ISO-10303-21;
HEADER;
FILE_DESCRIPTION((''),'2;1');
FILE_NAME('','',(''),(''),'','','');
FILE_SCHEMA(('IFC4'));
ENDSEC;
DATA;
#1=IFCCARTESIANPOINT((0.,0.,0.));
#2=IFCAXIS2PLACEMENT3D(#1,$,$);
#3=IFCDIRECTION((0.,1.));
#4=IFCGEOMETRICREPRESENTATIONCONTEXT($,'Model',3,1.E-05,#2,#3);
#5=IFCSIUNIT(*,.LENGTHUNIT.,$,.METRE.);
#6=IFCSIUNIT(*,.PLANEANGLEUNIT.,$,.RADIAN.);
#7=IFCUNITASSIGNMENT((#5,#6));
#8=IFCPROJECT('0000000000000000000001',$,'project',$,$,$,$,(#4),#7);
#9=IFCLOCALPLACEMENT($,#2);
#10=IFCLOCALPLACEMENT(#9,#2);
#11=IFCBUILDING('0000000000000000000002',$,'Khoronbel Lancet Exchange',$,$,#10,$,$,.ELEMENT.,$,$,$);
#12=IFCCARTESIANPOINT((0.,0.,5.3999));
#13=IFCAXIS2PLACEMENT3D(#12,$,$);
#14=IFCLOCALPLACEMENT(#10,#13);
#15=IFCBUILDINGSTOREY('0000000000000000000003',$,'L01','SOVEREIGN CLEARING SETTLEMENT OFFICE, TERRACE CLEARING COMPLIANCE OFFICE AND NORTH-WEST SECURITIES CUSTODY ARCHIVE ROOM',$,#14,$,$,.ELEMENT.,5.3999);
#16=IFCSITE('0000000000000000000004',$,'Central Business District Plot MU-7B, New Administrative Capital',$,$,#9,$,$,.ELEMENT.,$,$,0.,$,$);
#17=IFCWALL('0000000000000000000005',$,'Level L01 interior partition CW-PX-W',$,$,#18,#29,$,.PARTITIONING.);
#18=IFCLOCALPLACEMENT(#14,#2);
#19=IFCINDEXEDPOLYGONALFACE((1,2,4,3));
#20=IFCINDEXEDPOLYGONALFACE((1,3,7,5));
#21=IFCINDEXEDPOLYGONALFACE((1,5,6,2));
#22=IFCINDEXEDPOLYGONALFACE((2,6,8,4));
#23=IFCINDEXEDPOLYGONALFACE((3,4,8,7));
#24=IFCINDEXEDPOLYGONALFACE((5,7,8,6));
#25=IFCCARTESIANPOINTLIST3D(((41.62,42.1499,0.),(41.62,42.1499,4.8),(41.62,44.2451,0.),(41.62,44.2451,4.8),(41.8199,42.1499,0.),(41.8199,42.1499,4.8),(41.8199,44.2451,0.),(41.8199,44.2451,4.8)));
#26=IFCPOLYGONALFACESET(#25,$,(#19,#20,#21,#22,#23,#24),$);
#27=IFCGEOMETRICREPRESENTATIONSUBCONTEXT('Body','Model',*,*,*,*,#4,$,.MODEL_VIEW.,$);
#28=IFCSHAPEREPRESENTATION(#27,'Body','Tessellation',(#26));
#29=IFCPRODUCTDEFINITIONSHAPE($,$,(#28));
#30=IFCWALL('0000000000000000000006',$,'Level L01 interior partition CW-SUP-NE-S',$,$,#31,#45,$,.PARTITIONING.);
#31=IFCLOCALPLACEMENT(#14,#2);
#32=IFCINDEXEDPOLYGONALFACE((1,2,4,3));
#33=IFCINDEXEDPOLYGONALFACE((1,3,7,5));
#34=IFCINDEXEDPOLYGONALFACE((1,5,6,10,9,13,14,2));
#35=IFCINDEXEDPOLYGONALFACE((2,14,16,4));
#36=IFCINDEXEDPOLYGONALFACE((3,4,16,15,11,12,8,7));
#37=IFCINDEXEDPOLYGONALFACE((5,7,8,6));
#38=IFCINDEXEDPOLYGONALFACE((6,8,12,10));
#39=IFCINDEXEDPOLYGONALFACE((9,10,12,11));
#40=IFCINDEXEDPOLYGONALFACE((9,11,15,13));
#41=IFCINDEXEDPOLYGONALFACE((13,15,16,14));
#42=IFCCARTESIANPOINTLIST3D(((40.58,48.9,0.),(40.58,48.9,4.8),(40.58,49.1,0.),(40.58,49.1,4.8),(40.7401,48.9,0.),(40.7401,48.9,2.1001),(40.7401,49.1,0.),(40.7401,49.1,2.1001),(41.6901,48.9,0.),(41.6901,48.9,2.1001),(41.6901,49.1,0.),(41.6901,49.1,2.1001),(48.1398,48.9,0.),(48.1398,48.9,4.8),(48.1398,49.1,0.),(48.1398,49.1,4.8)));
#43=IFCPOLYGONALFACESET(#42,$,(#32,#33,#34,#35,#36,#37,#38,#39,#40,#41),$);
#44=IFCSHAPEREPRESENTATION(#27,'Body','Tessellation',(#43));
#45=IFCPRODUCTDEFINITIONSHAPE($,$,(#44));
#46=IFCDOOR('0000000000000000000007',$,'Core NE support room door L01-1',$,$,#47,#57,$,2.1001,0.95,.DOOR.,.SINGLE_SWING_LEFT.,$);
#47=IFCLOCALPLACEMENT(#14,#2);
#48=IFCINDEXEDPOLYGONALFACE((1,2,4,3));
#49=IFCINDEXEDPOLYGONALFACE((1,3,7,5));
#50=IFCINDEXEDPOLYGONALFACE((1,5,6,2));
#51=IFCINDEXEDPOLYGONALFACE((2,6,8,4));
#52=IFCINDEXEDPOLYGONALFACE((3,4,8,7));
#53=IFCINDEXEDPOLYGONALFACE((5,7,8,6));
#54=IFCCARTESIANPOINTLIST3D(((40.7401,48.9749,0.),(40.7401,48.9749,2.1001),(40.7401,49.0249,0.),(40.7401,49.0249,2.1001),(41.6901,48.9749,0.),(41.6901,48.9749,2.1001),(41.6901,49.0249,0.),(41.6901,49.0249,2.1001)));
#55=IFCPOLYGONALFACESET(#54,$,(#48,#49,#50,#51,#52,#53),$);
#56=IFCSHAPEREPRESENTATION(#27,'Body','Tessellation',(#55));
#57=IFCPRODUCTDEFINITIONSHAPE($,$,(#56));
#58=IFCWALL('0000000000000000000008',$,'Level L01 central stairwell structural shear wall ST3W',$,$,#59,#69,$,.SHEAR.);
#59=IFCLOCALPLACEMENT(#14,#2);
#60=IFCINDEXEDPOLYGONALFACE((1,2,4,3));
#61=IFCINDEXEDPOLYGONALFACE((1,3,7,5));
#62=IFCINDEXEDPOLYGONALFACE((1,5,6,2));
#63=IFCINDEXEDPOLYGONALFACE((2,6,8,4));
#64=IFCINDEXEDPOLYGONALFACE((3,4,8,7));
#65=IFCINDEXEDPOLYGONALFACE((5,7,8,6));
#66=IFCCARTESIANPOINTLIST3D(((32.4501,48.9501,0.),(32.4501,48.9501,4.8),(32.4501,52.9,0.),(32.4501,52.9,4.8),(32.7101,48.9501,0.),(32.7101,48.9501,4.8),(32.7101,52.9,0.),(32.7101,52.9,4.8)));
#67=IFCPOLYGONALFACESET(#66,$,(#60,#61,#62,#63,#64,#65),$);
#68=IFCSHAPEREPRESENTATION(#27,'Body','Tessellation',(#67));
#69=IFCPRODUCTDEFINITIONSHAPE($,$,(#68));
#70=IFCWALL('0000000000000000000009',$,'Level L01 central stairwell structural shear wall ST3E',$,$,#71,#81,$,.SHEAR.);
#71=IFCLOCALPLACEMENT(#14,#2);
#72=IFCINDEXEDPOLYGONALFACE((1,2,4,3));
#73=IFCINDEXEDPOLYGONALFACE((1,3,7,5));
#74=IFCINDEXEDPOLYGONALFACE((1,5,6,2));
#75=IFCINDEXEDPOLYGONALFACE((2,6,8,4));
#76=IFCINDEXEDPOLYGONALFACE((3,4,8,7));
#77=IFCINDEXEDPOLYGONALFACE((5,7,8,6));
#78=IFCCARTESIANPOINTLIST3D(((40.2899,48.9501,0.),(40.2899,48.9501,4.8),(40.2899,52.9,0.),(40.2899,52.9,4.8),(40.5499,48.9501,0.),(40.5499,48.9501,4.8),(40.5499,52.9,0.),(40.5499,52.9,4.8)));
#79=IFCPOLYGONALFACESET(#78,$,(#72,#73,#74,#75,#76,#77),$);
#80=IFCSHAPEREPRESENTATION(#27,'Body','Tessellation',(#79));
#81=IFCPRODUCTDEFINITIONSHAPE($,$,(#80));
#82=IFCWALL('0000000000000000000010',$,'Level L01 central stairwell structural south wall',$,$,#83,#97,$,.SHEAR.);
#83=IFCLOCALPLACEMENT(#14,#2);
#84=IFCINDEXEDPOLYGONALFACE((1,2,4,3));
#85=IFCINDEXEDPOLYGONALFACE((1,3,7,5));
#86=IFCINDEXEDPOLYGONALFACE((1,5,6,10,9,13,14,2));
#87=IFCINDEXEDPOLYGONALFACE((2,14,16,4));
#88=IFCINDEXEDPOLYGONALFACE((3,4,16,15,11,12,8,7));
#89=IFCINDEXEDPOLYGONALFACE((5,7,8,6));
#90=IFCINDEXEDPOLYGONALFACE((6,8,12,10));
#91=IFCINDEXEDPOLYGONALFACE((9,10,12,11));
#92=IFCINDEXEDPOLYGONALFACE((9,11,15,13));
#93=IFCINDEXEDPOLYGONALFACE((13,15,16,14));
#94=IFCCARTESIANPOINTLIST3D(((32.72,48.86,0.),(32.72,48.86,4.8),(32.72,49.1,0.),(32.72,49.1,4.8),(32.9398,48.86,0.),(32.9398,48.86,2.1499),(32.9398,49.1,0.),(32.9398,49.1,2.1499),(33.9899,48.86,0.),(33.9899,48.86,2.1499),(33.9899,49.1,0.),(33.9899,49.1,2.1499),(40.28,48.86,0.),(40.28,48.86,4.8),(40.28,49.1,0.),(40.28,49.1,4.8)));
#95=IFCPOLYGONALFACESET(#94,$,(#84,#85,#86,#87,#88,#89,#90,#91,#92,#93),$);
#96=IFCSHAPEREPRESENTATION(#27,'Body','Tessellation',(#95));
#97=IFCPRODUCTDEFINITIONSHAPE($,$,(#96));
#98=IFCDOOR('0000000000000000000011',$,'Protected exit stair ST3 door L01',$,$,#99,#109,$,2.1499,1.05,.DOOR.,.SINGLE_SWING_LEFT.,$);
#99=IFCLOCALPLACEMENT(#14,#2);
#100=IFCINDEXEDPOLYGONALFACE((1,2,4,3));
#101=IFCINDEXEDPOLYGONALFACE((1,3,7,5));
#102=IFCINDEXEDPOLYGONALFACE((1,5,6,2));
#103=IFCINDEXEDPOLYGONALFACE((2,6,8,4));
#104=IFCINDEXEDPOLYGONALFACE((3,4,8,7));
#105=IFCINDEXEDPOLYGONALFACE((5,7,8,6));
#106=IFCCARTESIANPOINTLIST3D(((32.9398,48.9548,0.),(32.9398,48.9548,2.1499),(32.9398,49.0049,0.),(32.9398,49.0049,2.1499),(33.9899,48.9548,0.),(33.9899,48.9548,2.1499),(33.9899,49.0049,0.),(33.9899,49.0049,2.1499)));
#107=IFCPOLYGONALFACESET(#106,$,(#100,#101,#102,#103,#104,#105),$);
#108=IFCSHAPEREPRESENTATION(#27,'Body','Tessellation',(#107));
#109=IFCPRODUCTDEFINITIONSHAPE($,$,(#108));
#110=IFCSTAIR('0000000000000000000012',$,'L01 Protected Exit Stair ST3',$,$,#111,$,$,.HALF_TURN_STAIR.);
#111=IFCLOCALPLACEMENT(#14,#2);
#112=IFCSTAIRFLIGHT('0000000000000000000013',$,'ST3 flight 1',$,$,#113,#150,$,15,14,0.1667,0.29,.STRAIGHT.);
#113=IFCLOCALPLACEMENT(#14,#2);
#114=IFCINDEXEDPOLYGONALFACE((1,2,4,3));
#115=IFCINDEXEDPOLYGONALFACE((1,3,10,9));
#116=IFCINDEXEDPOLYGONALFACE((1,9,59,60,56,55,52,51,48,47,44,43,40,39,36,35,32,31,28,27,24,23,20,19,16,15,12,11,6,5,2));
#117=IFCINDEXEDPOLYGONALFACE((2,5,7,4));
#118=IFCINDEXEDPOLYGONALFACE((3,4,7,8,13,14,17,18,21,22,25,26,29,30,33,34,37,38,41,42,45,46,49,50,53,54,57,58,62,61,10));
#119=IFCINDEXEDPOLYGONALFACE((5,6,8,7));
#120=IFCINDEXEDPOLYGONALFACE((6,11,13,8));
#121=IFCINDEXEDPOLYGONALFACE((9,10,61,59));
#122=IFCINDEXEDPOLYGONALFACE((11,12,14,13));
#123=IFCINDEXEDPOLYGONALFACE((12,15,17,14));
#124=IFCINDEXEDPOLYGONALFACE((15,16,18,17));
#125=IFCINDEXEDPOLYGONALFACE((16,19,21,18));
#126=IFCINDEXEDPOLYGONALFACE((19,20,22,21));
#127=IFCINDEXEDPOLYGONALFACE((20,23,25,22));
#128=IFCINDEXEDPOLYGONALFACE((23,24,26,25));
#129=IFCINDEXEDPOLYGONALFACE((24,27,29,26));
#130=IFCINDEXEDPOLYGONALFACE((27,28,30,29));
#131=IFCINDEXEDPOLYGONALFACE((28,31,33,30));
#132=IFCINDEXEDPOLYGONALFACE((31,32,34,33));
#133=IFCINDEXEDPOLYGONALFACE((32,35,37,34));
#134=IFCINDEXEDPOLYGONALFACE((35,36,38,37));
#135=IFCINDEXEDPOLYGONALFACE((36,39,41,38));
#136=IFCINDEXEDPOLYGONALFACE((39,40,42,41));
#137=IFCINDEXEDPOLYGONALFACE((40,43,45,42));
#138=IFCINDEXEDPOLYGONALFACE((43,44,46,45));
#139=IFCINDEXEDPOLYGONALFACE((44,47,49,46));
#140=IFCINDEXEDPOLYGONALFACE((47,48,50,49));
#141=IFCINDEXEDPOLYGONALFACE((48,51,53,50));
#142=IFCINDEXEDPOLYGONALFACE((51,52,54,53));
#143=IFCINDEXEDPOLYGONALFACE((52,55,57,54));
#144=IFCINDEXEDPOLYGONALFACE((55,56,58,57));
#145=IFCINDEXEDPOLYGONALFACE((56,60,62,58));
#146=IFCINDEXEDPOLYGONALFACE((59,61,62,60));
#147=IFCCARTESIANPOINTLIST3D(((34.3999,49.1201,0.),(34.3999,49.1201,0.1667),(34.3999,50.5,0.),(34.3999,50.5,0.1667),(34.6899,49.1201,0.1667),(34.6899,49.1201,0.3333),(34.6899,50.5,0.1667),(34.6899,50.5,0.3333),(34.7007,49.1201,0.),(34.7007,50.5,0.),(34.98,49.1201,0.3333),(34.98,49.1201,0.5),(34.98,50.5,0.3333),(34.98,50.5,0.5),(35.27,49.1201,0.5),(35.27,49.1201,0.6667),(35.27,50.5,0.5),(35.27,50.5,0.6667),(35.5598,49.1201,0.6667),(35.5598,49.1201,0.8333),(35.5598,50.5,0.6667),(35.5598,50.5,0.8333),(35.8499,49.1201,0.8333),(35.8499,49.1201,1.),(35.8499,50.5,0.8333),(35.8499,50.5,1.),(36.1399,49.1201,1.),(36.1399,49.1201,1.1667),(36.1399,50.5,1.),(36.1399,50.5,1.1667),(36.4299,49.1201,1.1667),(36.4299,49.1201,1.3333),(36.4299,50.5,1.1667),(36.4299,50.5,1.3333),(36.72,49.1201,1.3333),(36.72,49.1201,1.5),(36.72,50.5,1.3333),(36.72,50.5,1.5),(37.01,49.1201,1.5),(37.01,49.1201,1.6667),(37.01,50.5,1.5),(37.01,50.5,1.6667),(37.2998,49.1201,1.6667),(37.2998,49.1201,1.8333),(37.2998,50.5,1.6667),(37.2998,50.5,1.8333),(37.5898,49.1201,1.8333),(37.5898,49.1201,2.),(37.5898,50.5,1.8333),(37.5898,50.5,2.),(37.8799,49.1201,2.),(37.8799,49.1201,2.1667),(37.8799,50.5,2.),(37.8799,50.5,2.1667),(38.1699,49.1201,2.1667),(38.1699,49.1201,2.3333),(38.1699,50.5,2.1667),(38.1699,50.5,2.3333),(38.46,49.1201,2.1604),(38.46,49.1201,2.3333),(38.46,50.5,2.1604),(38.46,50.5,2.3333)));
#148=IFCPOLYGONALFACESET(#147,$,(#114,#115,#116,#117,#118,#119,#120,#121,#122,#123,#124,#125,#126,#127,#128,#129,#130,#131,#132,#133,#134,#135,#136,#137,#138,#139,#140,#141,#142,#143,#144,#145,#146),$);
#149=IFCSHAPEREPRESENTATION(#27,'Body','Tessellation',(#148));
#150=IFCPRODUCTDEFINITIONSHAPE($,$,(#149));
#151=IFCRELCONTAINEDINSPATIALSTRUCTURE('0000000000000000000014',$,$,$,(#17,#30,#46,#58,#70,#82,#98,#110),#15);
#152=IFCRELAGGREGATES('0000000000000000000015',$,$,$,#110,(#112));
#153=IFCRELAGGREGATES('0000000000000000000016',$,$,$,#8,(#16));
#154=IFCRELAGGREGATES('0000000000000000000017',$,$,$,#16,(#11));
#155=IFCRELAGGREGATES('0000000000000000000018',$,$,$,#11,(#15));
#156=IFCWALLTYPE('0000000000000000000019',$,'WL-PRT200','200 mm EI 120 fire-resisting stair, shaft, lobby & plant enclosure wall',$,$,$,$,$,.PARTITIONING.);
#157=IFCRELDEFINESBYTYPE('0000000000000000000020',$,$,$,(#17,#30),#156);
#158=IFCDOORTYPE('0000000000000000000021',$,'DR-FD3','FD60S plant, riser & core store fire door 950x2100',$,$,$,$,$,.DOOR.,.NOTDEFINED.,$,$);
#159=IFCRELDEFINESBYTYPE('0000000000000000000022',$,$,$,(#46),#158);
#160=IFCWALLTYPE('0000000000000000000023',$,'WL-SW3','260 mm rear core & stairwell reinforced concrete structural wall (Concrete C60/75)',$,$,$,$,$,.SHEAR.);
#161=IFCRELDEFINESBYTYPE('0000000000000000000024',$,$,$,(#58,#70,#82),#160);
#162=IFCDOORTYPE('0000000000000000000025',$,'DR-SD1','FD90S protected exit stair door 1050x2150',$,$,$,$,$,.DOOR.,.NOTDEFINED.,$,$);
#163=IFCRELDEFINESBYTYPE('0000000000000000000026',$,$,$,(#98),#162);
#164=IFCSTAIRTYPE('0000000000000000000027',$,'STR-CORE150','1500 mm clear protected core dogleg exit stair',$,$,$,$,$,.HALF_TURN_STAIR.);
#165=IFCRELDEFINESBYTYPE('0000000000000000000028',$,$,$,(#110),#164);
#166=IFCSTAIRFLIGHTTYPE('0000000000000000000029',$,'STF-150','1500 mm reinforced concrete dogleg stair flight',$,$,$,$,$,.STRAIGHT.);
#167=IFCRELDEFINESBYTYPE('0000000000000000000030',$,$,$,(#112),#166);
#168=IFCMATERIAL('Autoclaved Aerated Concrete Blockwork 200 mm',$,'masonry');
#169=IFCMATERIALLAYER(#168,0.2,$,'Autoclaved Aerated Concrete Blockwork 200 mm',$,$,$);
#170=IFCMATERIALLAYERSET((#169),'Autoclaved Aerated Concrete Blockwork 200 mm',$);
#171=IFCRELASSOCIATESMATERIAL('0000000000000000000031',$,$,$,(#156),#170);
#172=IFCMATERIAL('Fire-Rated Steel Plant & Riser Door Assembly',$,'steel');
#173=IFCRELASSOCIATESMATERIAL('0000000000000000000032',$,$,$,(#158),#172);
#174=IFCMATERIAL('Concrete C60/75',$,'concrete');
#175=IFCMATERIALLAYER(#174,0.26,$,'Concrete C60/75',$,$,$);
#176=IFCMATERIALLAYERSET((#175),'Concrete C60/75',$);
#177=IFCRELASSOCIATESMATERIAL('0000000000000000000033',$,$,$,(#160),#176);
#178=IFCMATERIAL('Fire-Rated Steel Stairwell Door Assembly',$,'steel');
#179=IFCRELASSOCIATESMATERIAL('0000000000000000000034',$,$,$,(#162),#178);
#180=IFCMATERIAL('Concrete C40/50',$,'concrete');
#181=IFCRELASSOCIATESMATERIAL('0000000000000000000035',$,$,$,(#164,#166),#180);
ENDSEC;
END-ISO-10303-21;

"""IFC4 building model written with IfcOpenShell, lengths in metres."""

from ifc_helpers import new_model, si_unit, direction, frame, frame_2d, origin, place, context, subcontext, project, spatial, polyline, rectangle, outline, extrude, material, layer, layer_set, type_object, element, fill, aggregate, save


model = new_model("IFC4")

# Units and contexts
model_context = context("Model", 3, precision=1e-05, world=origin(), true_north=direction((0.0, 1.0)))
body_context = subcontext(model_context, "Body", "Model", "MODEL_VIEW")
ifc_project = project(units=[si_unit("LENGTHUNIT", "METRE"), si_unit("PLANEANGLEUNIT", "RADIAN")], contexts=[model_context])

# Site, building, storey
site_placement = place(None, origin())
site = spatial("IfcSite", under=ifc_project, at=site_placement, Name="Central Business District Plot MU-7B, New Administrative Capital", CompositionType="ELEMENT", RefElevation=0.0)
building_placement = place(site_placement, origin())
building = spatial("IfcBuilding", under=site, at=building_placement, Name="Khoronbel Lancet Exchange", CompositionType="ELEMENT")
storey_placement = place(building_placement, frame((0.0, 0.0, 5.3999)))
storey = spatial("IfcBuildingStorey", under=building, at=storey_placement, Name="L01", Description="SOVEREIGN CLEARING SETTLEMENT OFFICE, TERRACE CLEARING COMPLIANCE OFFICE AND NORTH-WEST SECURITIES CUSTODY ARCHIVE ROOM", CompositionType="ELEMENT", Elevation=5.3999)

# Wall
ifc_material_1 = material(Name="Autoclaved Aerated Concrete Blockwork 200 mm", Category="masonry")
ifc_layer_1 = layer(ifc_material_1, 0.2, Name="Autoclaved Aerated Concrete Blockwork 200 mm")
ifc_layer_set_1 = layer_set([ifc_layer_1], Name="Autoclaved Aerated Concrete Blockwork 200 mm")
wall_type_1 = type_object("IfcWallType", Name="WL-PRT200", Description="200 mm EI 120 fire-resisting stair, shaft, lobby & plant enclosure wall", PredefinedType="PARTITIONING", material=ifc_layer_set_1)
wall_1_placement = place(storey_placement, frame((41.72, 42.1499, 0.0), z_axis=(0.0, 0.0, 1.0), x_axis=(0.0, 1.0, 0.0)))
element("IfcWall", 1, at=wall_1_placement, inside=storey, type_object=wall_type_1, Name="Level L01 interior partition CW-PX-W", PredefinedType="PARTITIONING", context=body_context, shape_type="SweptSolid", body=[
    extrude(rectangle(XDim=2.0952, YDim=0.2, at=frame_2d((1.0476, 0.0))), origin(), (0.0, 0.0, 1.0), 4.8),
])

# Wall, opening, door
wall_2_placement = place(storey_placement, frame((40.5801, 49.0, 0.0), z_axis=(0.0, 0.0, 1.0), x_axis=(1.0, 0.0, 0.0)))
wall_2 = element("IfcWall", 2, at=wall_2_placement, inside=storey, type_object=wall_type_1, Name="Level L01 interior partition CW-SUP-NE-S", PredefinedType="PARTITIONING", context=body_context, shape_type="SweptSolid", body=[
    extrude(rectangle(XDim=7.5598, YDim=0.2, at=frame_2d((3.7798, 0.0))), origin(), (0.0, 0.0, 1.0), 4.8),
])
opening_1_placement = place(wall_2_placement, frame((0.1599, 0.0, 0.0)))
opening_1 = element("IfcOpeningElement", 3, at=opening_1_placement, cuts=wall_2, PredefinedType="OPENING", context=body_context, shape_type="SweptSolid", body=[
    extrude(rectangle(XDim=0.95, YDim=2.1001, at=frame_2d((0.4751, 1.05))), frame((0.0, 0.1099, 0.0), z_axis=(0.0, -1.0, 0.0), x_axis=(1.0, 0.0, 0.0)), (0.0, 0.0, 1.0), 0.22),
])
ifc_material_2 = material(Name="Fire-Rated Steel Plant & Riser Door Assembly", Category="steel")
door_type_1 = type_object("IfcDoorType", Name="DR-FD3", Description="FD60S plant, riser & core store fire door 950x2100", OperationType="NOTDEFINED", PredefinedType="DOOR", material=ifc_material_2)
door_1_placement = place(opening_1_placement, origin())
door_1 = element("IfcDoor", 4, at=door_1_placement, inside=storey, type_object=door_type_1, Name="Core NE support room door L01-1", OperationType="SINGLE_SWING_LEFT", OverallHeight=2.1001, OverallWidth=0.95, PredefinedType="DOOR", context=body_context, shape_type="SweptSolid", body=[
    extrude(rectangle(XDim=0.95, YDim=2.1001, at=frame_2d((0.4751, 1.05))), frame((0.0, 0.0249, 0.0), z_axis=(0.0, -1.0, 0.0), x_axis=(1.0, 0.0, 0.0)), (0.0, 0.0, 1.0), 0.05),
])
fill(opening_1, door_1)

# Walls
ifc_material_3 = material(Name="Concrete C60/75", Category="concrete")
ifc_layer_2 = layer(ifc_material_3, 0.26, Name="Concrete C60/75")
ifc_layer_set_2 = layer_set([ifc_layer_2], Name="Concrete C60/75")
wall_type_2 = type_object("IfcWallType", Name="WL-SW3", Description="260 mm rear core & stairwell reinforced concrete structural wall (Concrete C60/75)", PredefinedType="SHEAR", material=ifc_layer_set_2)
for number, where, z_axis, x_axis, name in (
    (5, (32.5801, 48.95, 0.0), (0.0, 0.0, 1.0), (0.0, 1.0, 0.0), "Level L01 central stairwell structural shear wall ST3W"),
    (6, (40.4199, 48.95, 0.0), (0.0, 0.0, 1.0), (0.0, 1.0, 0.0), "Level L01 central stairwell structural shear wall ST3E"),
):
    element("IfcWall", number, at=place(storey_placement, frame(where, z_axis=z_axis, x_axis=x_axis)), inside=storey, type_object=wall_type_2, Name=name, PredefinedType="SHEAR", context=body_context, shape_type="SweptSolid", body=[
        extrude(rectangle(XDim=3.95, YDim=0.26, at=frame_2d((1.9751, 0.0))), origin(), (0.0, 0.0, 1.0), 4.8),
    ])

# Wall, opening, door
wall_3_placement = place(storey_placement, frame((32.72, 48.98, 0.0), z_axis=(0.0, 0.0, 1.0), x_axis=(1.0, 0.0, 0.0)))
wall_3 = element("IfcWall", 7, at=wall_3_placement, inside=storey, type_object=wall_type_2, Name="Level L01 central stairwell structural south wall", PredefinedType="SHEAR", context=body_context, shape_type="SweptSolid", body=[
    extrude(rectangle(XDim=7.5601, YDim=0.24, at=frame_2d((3.78, 0.0))), origin(), (0.0, 0.0, 1.0), 4.8),
])
opening_2_placement = place(wall_3_placement, frame((0.22, 0.0, 0.0)))
opening_2 = element("IfcOpeningElement", 8, at=opening_2_placement, cuts=wall_3, PredefinedType="OPENING", context=body_context, shape_type="SweptSolid", body=[
    extrude(rectangle(XDim=1.05, YDim=2.1499, at=frame_2d((0.5249, 1.075))), frame((0.0, 0.1299, 0.0), z_axis=(0.0, -1.0, 0.0), x_axis=(1.0, 0.0, 0.0)), (0.0, 0.0, 1.0), 0.26),
])
ifc_material_4 = material(Name="Fire-Rated Steel Stairwell Door Assembly", Category="steel")
door_type_2 = type_object("IfcDoorType", Name="DR-SD1", Description="FD90S protected exit stair door 1050x2150", OperationType="NOTDEFINED", PredefinedType="DOOR", material=ifc_material_4)
door_2_placement = place(opening_2_placement, origin())
door_2 = element("IfcDoor", 9, at=door_2_placement, inside=storey, type_object=door_type_2, Name="Protected exit stair ST3 door L01", OperationType="SINGLE_SWING_LEFT", OverallHeight=2.1499, OverallWidth=1.05, PredefinedType="DOOR", context=body_context, shape_type="SweptSolid", body=[
    extrude(rectangle(XDim=1.05, YDim=2.1499, at=frame_2d((0.5249, 1.075))), frame((0.0, 0.0249, 0.0), z_axis=(0.0, -1.0, 0.0), x_axis=(1.0, 0.0, 0.0)), (0.0, 0.0, 1.0), 0.05),
])
fill(opening_2, door_2)

# Stair, stair flight
ifc_material_5 = material(Name="Concrete C40/50", Category="concrete")
stair_type = type_object("IfcStairType", Name="STR-CORE150", Description="1500 mm clear protected core dogleg exit stair", PredefinedType="HALF_TURN_STAIR", material=ifc_material_5)
stair_placement = place(storey_placement, origin())
stair = element("IfcStair", 10, at=stair_placement, inside=storey, type_object=stair_type, Name="L01 Protected Exit Stair ST3", PredefinedType="HALF_TURN_STAIR")
stair_flight_type = type_object("IfcStairFlightType", Name="STF-150", Description="1500 mm reinforced concrete dogleg stair flight", PredefinedType="STRAIGHT", material=ifc_material_5)
stair_flight_1_placement = place(storey_placement, frame((34.3999, 49.8101, 0.0), z_axis=(0.0, 0.0, 1.0), x_axis=(1.0, 0.0, 0.0)))
stair_flight_1 = element("IfcStairFlight", 11, at=stair_flight_1_placement, type_object=stair_flight_type, Name="ST3 flight 1", NumberOfRisers=15, NumberOfTreads=14, PredefinedType="STRAIGHT", RiserHeight=0.1667, TreadLength=0.29, context=body_context, shape_type="SweptSolid", body=[
    extrude(outline(polyline([(0.0, 0.0), (0.0, 0.1667), (0.29, 0.1667), (0.29, 0.3333), (0.5801, 0.3333), (0.5801, 0.5), (0.8701, 0.5), (0.8701, 0.6667), (1.1599, 0.6667), (1.1599, 0.8333), (1.45, 0.8333), (1.45, 1.0), (1.74, 1.0), (1.74, 1.1667), (2.03, 1.1667), (2.03, 1.3333), (2.3201, 1.3333), (2.3201, 1.5), (2.6101, 1.5), (2.6101, 1.6667), (2.8999, 1.6667), (2.8999, 1.8333), (3.1899, 1.8333), (3.1899, 2.0), (3.48, 2.0), (3.48, 2.1667), (3.77, 2.1667), (3.77, 2.3333), (4.0601, 2.3333), (4.0601, 2.5), (4.0601, 2.1604), (0.3008, 0.0), (0.0, 0.0)])), frame((0.0, 0.6899, 0.0), z_axis=(0.0, -1.0, 0.0), x_axis=(1.0, 0.0, 0.0)), (0.0, 0.0, 1.0), 1.3799),
])
aggregate(stair, [stair_flight_1])

save(model, "model.ifc")
